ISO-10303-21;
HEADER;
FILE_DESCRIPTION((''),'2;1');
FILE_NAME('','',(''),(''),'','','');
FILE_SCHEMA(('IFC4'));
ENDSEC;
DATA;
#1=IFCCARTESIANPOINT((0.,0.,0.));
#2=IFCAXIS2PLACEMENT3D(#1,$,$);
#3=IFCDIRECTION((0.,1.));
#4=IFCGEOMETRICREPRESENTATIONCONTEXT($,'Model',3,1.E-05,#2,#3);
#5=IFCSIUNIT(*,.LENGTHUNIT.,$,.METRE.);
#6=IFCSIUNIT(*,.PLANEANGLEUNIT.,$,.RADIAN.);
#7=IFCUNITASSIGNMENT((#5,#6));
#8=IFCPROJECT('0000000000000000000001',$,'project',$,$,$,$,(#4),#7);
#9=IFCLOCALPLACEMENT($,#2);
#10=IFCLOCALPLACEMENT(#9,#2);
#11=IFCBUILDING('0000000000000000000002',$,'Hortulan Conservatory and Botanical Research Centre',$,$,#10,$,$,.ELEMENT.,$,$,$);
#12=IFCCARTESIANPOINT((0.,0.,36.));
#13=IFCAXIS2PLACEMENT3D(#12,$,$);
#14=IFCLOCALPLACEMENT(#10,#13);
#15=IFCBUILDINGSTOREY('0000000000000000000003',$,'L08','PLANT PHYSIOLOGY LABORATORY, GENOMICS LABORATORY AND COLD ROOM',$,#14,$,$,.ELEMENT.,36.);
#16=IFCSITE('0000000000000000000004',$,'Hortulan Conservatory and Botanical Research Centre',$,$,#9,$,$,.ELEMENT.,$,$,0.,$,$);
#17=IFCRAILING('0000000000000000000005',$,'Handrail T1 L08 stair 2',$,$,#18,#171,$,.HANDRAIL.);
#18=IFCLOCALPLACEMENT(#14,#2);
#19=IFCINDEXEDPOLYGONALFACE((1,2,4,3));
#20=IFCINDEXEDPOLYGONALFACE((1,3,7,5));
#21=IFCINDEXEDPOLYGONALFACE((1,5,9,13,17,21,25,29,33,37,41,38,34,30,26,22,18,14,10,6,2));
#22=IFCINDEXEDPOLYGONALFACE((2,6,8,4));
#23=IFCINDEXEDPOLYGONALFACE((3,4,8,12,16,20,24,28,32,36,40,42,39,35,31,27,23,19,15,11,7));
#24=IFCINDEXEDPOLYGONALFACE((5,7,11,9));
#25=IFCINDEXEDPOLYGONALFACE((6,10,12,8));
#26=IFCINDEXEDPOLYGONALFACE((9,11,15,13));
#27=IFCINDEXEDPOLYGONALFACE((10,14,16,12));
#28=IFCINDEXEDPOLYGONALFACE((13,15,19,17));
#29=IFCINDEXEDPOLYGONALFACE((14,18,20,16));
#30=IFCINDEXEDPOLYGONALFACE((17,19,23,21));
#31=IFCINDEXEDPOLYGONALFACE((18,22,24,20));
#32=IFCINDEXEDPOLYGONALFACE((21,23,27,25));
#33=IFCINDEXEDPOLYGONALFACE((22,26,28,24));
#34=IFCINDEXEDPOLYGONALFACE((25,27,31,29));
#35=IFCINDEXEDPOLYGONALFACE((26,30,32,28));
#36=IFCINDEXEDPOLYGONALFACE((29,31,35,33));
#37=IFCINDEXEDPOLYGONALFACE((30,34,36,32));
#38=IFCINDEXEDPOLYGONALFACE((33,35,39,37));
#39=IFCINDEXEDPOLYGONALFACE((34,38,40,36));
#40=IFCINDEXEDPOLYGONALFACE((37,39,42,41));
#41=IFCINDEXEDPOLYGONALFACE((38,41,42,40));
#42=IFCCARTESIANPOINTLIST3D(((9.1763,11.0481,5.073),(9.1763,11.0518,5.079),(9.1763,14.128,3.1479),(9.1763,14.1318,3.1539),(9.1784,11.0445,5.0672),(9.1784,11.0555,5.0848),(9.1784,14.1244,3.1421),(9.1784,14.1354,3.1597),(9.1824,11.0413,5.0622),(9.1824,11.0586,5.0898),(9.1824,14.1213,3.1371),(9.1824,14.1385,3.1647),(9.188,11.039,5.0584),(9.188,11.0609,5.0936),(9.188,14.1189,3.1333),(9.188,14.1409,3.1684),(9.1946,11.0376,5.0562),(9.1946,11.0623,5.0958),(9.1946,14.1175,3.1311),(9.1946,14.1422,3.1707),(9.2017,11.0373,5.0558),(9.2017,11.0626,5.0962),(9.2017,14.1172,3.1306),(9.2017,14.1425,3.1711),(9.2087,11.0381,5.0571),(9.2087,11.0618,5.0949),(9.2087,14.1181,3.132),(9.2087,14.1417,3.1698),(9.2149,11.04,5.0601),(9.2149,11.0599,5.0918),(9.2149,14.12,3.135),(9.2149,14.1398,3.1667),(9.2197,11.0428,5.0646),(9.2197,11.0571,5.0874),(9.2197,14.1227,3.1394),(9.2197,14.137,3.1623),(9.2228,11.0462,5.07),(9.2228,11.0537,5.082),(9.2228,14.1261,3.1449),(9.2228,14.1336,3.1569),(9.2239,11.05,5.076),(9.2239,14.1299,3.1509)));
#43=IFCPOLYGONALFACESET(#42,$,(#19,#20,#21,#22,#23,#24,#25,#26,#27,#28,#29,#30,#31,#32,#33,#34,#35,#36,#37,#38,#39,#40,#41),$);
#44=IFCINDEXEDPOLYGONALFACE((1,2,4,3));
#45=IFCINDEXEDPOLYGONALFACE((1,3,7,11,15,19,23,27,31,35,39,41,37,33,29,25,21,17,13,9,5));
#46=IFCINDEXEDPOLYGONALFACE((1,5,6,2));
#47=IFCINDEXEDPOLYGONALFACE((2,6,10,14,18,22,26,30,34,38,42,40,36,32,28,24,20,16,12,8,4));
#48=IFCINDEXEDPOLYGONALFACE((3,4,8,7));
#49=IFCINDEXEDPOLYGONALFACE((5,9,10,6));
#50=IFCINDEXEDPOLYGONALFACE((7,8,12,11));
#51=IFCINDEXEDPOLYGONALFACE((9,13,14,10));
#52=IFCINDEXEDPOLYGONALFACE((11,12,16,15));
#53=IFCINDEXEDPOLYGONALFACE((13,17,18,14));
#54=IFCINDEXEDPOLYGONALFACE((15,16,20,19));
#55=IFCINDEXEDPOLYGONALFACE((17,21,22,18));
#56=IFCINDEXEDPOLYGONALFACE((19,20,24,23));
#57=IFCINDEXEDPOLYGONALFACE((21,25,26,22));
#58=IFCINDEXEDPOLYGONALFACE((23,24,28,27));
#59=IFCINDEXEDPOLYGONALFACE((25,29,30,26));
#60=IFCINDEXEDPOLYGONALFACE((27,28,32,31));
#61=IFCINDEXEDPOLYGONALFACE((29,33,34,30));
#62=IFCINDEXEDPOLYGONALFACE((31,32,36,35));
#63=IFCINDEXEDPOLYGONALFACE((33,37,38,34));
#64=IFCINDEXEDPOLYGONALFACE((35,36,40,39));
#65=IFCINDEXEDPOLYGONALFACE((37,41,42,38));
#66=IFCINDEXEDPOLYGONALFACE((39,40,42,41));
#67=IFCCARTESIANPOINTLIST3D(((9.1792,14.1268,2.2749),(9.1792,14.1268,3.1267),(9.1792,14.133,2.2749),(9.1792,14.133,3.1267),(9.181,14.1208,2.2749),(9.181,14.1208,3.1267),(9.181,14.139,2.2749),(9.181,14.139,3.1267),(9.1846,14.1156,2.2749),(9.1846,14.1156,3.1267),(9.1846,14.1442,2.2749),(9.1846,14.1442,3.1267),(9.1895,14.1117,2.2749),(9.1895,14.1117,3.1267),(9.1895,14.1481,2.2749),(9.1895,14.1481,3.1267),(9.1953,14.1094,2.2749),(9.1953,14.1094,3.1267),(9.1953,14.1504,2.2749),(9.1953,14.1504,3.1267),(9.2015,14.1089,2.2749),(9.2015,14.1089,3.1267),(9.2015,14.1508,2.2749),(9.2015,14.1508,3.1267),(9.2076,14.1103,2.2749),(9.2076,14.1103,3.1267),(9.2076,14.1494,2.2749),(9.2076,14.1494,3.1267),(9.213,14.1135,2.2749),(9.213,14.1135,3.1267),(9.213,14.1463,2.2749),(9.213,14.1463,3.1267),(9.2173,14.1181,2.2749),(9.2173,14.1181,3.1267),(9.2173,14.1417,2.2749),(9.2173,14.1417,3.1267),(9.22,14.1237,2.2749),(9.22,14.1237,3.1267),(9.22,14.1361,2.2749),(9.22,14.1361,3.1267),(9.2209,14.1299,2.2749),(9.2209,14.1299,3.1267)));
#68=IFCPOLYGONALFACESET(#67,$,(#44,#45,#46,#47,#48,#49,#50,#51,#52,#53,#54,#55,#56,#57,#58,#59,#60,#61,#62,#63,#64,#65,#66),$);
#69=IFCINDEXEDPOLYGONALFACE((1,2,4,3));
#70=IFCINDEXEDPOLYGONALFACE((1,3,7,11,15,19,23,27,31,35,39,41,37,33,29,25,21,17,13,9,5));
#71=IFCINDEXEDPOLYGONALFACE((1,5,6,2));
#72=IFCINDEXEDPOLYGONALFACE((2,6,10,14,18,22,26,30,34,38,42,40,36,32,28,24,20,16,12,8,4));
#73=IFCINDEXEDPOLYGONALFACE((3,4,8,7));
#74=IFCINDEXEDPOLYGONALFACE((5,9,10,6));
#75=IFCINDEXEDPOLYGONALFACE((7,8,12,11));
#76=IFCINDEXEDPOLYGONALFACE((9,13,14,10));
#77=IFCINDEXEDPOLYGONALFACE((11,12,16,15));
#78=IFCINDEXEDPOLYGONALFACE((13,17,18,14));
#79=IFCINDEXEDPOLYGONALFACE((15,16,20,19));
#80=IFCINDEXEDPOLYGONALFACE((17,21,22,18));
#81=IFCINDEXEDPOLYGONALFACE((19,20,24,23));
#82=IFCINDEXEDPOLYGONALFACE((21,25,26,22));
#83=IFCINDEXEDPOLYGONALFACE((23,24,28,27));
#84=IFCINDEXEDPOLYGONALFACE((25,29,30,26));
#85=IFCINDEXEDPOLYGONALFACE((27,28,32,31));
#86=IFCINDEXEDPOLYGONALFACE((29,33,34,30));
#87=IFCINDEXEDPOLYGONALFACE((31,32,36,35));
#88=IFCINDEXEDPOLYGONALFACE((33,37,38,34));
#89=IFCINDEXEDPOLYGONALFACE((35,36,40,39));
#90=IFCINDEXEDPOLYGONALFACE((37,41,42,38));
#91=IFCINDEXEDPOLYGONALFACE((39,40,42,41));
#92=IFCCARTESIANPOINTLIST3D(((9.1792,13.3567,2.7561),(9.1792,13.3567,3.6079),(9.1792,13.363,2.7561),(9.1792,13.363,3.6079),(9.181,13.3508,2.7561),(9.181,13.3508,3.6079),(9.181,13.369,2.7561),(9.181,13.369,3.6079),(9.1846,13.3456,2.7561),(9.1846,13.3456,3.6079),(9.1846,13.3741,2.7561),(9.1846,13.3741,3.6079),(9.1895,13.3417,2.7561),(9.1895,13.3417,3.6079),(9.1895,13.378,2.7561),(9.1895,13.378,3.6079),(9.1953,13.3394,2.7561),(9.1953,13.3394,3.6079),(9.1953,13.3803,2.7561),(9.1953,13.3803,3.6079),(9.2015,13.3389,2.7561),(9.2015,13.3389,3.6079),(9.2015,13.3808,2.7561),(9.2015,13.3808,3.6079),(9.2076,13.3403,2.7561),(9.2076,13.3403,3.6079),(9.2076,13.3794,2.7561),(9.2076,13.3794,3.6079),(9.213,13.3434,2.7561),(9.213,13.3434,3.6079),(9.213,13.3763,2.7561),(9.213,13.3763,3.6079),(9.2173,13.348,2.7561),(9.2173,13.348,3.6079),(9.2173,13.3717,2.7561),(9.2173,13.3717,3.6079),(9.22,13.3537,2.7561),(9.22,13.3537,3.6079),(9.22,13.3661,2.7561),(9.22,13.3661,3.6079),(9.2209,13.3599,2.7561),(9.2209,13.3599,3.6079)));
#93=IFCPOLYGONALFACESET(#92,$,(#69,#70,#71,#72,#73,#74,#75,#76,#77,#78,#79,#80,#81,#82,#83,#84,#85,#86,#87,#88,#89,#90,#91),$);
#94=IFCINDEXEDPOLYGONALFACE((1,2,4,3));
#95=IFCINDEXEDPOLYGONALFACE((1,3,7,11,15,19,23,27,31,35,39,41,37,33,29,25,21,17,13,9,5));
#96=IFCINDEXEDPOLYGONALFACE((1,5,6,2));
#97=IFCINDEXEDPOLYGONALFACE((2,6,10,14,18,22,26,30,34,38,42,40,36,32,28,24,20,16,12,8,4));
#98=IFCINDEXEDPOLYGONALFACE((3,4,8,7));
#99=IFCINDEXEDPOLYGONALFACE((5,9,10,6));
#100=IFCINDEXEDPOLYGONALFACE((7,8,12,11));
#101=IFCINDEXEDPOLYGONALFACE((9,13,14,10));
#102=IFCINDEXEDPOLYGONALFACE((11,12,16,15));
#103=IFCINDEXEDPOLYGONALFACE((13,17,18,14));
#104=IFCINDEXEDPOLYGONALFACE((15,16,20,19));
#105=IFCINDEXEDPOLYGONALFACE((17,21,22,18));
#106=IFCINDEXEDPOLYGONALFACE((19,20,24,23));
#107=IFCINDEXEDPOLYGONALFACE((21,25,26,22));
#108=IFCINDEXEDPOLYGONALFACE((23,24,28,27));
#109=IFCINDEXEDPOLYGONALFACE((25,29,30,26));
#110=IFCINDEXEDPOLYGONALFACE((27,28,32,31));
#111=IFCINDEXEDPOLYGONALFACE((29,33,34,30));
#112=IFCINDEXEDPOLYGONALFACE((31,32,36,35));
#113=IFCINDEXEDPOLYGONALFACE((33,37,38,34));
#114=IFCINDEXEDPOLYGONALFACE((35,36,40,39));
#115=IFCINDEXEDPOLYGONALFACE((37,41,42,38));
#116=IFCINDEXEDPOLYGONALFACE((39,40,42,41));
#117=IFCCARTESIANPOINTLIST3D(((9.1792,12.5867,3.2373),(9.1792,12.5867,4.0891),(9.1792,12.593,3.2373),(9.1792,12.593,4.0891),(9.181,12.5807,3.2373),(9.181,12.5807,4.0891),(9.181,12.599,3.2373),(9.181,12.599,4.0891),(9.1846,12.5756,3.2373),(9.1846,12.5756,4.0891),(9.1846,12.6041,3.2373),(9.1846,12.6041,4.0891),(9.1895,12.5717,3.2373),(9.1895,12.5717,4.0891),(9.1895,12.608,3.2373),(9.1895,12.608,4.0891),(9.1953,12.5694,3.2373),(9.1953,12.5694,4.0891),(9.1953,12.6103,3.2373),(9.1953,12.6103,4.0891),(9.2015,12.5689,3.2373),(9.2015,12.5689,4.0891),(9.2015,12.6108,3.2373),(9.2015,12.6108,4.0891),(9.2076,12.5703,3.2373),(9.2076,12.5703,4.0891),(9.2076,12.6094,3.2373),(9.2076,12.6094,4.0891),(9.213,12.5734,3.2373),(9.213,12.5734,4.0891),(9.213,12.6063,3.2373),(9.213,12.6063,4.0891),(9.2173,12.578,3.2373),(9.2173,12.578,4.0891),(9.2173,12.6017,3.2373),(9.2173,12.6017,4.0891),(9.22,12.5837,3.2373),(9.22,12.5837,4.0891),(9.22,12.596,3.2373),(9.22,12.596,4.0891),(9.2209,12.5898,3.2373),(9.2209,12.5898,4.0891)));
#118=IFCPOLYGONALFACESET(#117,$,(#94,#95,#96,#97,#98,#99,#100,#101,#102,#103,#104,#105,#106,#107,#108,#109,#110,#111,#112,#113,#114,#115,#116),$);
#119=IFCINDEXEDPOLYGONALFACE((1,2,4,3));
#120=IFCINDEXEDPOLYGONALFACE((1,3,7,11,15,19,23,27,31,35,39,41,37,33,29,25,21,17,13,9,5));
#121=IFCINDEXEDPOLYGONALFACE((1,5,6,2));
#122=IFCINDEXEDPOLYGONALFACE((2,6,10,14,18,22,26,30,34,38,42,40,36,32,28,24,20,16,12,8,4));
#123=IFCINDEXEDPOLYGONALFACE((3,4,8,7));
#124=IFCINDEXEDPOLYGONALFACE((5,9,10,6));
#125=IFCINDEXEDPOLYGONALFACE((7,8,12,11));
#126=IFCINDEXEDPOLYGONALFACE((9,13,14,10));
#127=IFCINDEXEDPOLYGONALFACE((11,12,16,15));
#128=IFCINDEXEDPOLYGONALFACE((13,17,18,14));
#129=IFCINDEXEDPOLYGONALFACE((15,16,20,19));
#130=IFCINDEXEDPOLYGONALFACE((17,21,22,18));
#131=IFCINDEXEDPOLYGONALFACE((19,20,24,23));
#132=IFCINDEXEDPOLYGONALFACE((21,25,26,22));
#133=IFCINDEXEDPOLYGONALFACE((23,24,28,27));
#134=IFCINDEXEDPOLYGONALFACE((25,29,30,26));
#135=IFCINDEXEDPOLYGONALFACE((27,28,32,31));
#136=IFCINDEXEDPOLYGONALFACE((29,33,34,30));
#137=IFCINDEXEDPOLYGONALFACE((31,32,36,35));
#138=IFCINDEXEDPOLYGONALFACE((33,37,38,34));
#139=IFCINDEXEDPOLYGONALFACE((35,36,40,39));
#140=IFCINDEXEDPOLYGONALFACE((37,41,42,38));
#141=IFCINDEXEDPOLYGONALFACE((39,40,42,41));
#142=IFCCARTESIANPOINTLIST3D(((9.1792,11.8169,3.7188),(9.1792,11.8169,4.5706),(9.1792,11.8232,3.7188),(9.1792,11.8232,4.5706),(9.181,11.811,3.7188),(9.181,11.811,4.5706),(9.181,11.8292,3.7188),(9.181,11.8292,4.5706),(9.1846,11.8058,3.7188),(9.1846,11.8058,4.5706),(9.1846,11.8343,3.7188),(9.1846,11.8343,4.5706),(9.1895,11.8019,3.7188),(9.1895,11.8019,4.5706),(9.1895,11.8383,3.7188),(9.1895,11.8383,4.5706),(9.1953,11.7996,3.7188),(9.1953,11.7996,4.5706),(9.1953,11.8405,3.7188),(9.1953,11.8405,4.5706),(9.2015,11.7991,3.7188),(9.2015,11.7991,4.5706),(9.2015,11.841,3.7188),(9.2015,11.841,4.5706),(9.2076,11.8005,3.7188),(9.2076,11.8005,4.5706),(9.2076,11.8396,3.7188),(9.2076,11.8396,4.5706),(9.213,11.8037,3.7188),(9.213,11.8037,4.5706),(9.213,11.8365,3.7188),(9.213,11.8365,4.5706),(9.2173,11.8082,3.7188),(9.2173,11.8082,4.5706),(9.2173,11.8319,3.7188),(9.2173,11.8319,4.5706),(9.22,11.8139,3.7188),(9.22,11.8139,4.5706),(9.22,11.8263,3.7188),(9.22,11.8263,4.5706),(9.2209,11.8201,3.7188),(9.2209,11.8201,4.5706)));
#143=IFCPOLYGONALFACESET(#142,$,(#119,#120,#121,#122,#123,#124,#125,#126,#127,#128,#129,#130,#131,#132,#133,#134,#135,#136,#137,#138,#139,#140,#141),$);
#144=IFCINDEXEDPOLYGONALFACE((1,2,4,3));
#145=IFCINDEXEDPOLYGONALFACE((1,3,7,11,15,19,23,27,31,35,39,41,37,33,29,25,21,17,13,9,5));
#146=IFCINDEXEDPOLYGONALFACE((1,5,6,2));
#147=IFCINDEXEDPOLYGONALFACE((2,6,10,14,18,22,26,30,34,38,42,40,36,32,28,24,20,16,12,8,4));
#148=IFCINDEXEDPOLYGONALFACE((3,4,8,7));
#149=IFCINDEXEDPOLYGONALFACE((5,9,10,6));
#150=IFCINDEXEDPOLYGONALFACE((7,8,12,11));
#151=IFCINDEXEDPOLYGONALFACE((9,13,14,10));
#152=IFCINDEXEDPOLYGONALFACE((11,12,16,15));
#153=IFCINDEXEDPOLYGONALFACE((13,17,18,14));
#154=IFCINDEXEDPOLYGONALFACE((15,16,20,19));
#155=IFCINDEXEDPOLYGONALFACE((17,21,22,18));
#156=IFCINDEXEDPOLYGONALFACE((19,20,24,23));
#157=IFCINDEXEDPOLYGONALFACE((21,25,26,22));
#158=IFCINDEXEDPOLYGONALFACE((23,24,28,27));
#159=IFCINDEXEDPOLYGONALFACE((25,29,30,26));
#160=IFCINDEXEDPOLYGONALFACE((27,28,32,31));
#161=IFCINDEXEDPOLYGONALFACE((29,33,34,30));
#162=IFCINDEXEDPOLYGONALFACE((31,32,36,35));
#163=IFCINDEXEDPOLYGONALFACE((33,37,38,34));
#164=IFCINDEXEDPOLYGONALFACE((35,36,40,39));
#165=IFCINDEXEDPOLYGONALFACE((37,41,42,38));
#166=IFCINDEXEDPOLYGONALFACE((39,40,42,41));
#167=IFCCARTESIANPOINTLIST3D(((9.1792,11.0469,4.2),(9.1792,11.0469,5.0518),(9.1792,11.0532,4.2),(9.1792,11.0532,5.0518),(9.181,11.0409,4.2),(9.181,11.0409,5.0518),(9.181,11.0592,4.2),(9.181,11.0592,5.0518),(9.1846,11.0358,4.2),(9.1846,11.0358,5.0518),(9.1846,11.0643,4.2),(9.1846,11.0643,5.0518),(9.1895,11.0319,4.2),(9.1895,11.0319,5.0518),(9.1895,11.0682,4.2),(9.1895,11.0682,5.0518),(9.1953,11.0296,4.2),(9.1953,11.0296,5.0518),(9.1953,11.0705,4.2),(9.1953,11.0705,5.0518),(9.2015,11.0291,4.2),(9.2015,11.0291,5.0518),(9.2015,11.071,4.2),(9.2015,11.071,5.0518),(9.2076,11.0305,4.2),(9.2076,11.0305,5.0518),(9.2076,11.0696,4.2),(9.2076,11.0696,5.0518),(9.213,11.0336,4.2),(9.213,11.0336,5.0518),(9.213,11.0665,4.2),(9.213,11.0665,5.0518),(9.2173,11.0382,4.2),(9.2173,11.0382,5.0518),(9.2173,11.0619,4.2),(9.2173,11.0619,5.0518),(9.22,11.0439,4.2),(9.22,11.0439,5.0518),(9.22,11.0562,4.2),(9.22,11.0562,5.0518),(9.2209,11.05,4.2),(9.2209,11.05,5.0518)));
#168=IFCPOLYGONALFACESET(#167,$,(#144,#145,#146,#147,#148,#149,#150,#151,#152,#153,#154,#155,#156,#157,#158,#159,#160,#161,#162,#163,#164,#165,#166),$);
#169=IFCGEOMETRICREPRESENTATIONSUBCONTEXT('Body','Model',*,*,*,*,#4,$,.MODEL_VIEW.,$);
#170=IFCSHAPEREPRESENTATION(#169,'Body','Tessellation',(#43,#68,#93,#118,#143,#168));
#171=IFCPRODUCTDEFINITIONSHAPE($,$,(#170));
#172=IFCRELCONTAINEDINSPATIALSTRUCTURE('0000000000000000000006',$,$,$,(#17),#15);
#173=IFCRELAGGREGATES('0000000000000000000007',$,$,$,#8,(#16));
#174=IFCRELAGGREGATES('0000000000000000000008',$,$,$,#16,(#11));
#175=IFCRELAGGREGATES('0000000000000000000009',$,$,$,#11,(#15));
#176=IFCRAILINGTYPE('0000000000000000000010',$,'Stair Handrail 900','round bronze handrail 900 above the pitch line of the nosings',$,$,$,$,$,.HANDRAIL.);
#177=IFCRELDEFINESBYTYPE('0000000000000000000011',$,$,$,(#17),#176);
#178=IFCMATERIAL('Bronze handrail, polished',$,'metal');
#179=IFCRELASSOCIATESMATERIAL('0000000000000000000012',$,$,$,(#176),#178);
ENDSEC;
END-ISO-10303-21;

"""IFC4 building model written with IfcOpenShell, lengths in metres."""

from ifc_helpers import new_model, si_unit, direction, frame, origin, origin_2d, place, context, subcontext, project, spatial, circle, extrude, material, type_object, element, save


model = new_model("IFC4")

# Units and contexts
model_context = context("Model", 3, precision=1e-05, world=origin(), true_north=direction((0.0, 1.0)))
body_context = subcontext(model_context, "Body", "Model", "MODEL_VIEW")
ifc_project = project(units=[si_unit("LENGTHUNIT", "METRE"), si_unit("PLANEANGLEUNIT", "RADIAN")], contexts=[model_context])

# Site, building, storey
site_placement = place(None, origin())
site = spatial("IfcSite", under=ifc_project, at=site_placement, Name="Hortulan Conservatory and Botanical Research Centre", CompositionType="ELEMENT", RefElevation=0.0)
building_placement = place(site_placement, origin())
building = spatial("IfcBuilding", under=site, at=building_placement, Name="Hortulan Conservatory and Botanical Research Centre", CompositionType="ELEMENT")
storey_placement = place(building_placement, frame((0.0, 0.0, 36.0)))
storey = spatial("IfcBuildingStorey", under=building, at=storey_placement, Name="L08", Description="PLANT PHYSIOLOGY LABORATORY, GENOMICS LABORATORY AND COLD ROOM", CompositionType="ELEMENT", Elevation=36.0)

# Railing
ifc_material_1 = material(Name="Bronze handrail, polished", Category="metal")
railing_type_1 = type_object("IfcRailingType", Name="Stair Handrail 900", Description="round bronze handrail 900 above the pitch line of the nosings", PredefinedType="HANDRAIL", material=ifc_material_1)
railing_1_placement = place(storey_placement, frame((9.2, 14.1299, 2.2749)))
element("IfcRailing", 1, at=railing_1_placement, inside=storey, type_object=railing_type_1, Name="Handrail T1 L08 stair 2", PredefinedType="HANDRAIL", context=body_context, shape_type="SweptSolid", body=[
    extrude(circle(Radius=0.0239, at=origin_2d()), frame((0.0, 0.0, 0.876), z_axis=(0.0, -0.847979, 0.530029), x_axis=(1.0, 0.0, 0.0)), (0.0, 0.0, 1.0), 3.6321),
    extrude(circle(Radius=0.021, at=origin_2d()), origin(), (0.0, 0.0, 1.0), 0.8518),
    extrude(circle(Radius=0.021, at=origin_2d()), frame((0.0, -0.77, 0.4812)), (0.0, 0.0, 1.0), 0.8518),
    extrude(circle(Radius=0.021, at=origin_2d()), frame((0.0, -1.54, 0.9624)), (0.0, 0.0, 1.0), 0.8518),
    extrude(circle(Radius=0.021, at=origin_2d()), frame((0.0, -2.3098, 1.4438)), (0.0, 0.0, 1.0), 0.8518),
    extrude(circle(Radius=0.021, at=origin_2d()), frame((0.0, -3.0798, 1.925)), (0.0, 0.0, 1.0), 0.8518),
])

save(model, "model.ifc")
